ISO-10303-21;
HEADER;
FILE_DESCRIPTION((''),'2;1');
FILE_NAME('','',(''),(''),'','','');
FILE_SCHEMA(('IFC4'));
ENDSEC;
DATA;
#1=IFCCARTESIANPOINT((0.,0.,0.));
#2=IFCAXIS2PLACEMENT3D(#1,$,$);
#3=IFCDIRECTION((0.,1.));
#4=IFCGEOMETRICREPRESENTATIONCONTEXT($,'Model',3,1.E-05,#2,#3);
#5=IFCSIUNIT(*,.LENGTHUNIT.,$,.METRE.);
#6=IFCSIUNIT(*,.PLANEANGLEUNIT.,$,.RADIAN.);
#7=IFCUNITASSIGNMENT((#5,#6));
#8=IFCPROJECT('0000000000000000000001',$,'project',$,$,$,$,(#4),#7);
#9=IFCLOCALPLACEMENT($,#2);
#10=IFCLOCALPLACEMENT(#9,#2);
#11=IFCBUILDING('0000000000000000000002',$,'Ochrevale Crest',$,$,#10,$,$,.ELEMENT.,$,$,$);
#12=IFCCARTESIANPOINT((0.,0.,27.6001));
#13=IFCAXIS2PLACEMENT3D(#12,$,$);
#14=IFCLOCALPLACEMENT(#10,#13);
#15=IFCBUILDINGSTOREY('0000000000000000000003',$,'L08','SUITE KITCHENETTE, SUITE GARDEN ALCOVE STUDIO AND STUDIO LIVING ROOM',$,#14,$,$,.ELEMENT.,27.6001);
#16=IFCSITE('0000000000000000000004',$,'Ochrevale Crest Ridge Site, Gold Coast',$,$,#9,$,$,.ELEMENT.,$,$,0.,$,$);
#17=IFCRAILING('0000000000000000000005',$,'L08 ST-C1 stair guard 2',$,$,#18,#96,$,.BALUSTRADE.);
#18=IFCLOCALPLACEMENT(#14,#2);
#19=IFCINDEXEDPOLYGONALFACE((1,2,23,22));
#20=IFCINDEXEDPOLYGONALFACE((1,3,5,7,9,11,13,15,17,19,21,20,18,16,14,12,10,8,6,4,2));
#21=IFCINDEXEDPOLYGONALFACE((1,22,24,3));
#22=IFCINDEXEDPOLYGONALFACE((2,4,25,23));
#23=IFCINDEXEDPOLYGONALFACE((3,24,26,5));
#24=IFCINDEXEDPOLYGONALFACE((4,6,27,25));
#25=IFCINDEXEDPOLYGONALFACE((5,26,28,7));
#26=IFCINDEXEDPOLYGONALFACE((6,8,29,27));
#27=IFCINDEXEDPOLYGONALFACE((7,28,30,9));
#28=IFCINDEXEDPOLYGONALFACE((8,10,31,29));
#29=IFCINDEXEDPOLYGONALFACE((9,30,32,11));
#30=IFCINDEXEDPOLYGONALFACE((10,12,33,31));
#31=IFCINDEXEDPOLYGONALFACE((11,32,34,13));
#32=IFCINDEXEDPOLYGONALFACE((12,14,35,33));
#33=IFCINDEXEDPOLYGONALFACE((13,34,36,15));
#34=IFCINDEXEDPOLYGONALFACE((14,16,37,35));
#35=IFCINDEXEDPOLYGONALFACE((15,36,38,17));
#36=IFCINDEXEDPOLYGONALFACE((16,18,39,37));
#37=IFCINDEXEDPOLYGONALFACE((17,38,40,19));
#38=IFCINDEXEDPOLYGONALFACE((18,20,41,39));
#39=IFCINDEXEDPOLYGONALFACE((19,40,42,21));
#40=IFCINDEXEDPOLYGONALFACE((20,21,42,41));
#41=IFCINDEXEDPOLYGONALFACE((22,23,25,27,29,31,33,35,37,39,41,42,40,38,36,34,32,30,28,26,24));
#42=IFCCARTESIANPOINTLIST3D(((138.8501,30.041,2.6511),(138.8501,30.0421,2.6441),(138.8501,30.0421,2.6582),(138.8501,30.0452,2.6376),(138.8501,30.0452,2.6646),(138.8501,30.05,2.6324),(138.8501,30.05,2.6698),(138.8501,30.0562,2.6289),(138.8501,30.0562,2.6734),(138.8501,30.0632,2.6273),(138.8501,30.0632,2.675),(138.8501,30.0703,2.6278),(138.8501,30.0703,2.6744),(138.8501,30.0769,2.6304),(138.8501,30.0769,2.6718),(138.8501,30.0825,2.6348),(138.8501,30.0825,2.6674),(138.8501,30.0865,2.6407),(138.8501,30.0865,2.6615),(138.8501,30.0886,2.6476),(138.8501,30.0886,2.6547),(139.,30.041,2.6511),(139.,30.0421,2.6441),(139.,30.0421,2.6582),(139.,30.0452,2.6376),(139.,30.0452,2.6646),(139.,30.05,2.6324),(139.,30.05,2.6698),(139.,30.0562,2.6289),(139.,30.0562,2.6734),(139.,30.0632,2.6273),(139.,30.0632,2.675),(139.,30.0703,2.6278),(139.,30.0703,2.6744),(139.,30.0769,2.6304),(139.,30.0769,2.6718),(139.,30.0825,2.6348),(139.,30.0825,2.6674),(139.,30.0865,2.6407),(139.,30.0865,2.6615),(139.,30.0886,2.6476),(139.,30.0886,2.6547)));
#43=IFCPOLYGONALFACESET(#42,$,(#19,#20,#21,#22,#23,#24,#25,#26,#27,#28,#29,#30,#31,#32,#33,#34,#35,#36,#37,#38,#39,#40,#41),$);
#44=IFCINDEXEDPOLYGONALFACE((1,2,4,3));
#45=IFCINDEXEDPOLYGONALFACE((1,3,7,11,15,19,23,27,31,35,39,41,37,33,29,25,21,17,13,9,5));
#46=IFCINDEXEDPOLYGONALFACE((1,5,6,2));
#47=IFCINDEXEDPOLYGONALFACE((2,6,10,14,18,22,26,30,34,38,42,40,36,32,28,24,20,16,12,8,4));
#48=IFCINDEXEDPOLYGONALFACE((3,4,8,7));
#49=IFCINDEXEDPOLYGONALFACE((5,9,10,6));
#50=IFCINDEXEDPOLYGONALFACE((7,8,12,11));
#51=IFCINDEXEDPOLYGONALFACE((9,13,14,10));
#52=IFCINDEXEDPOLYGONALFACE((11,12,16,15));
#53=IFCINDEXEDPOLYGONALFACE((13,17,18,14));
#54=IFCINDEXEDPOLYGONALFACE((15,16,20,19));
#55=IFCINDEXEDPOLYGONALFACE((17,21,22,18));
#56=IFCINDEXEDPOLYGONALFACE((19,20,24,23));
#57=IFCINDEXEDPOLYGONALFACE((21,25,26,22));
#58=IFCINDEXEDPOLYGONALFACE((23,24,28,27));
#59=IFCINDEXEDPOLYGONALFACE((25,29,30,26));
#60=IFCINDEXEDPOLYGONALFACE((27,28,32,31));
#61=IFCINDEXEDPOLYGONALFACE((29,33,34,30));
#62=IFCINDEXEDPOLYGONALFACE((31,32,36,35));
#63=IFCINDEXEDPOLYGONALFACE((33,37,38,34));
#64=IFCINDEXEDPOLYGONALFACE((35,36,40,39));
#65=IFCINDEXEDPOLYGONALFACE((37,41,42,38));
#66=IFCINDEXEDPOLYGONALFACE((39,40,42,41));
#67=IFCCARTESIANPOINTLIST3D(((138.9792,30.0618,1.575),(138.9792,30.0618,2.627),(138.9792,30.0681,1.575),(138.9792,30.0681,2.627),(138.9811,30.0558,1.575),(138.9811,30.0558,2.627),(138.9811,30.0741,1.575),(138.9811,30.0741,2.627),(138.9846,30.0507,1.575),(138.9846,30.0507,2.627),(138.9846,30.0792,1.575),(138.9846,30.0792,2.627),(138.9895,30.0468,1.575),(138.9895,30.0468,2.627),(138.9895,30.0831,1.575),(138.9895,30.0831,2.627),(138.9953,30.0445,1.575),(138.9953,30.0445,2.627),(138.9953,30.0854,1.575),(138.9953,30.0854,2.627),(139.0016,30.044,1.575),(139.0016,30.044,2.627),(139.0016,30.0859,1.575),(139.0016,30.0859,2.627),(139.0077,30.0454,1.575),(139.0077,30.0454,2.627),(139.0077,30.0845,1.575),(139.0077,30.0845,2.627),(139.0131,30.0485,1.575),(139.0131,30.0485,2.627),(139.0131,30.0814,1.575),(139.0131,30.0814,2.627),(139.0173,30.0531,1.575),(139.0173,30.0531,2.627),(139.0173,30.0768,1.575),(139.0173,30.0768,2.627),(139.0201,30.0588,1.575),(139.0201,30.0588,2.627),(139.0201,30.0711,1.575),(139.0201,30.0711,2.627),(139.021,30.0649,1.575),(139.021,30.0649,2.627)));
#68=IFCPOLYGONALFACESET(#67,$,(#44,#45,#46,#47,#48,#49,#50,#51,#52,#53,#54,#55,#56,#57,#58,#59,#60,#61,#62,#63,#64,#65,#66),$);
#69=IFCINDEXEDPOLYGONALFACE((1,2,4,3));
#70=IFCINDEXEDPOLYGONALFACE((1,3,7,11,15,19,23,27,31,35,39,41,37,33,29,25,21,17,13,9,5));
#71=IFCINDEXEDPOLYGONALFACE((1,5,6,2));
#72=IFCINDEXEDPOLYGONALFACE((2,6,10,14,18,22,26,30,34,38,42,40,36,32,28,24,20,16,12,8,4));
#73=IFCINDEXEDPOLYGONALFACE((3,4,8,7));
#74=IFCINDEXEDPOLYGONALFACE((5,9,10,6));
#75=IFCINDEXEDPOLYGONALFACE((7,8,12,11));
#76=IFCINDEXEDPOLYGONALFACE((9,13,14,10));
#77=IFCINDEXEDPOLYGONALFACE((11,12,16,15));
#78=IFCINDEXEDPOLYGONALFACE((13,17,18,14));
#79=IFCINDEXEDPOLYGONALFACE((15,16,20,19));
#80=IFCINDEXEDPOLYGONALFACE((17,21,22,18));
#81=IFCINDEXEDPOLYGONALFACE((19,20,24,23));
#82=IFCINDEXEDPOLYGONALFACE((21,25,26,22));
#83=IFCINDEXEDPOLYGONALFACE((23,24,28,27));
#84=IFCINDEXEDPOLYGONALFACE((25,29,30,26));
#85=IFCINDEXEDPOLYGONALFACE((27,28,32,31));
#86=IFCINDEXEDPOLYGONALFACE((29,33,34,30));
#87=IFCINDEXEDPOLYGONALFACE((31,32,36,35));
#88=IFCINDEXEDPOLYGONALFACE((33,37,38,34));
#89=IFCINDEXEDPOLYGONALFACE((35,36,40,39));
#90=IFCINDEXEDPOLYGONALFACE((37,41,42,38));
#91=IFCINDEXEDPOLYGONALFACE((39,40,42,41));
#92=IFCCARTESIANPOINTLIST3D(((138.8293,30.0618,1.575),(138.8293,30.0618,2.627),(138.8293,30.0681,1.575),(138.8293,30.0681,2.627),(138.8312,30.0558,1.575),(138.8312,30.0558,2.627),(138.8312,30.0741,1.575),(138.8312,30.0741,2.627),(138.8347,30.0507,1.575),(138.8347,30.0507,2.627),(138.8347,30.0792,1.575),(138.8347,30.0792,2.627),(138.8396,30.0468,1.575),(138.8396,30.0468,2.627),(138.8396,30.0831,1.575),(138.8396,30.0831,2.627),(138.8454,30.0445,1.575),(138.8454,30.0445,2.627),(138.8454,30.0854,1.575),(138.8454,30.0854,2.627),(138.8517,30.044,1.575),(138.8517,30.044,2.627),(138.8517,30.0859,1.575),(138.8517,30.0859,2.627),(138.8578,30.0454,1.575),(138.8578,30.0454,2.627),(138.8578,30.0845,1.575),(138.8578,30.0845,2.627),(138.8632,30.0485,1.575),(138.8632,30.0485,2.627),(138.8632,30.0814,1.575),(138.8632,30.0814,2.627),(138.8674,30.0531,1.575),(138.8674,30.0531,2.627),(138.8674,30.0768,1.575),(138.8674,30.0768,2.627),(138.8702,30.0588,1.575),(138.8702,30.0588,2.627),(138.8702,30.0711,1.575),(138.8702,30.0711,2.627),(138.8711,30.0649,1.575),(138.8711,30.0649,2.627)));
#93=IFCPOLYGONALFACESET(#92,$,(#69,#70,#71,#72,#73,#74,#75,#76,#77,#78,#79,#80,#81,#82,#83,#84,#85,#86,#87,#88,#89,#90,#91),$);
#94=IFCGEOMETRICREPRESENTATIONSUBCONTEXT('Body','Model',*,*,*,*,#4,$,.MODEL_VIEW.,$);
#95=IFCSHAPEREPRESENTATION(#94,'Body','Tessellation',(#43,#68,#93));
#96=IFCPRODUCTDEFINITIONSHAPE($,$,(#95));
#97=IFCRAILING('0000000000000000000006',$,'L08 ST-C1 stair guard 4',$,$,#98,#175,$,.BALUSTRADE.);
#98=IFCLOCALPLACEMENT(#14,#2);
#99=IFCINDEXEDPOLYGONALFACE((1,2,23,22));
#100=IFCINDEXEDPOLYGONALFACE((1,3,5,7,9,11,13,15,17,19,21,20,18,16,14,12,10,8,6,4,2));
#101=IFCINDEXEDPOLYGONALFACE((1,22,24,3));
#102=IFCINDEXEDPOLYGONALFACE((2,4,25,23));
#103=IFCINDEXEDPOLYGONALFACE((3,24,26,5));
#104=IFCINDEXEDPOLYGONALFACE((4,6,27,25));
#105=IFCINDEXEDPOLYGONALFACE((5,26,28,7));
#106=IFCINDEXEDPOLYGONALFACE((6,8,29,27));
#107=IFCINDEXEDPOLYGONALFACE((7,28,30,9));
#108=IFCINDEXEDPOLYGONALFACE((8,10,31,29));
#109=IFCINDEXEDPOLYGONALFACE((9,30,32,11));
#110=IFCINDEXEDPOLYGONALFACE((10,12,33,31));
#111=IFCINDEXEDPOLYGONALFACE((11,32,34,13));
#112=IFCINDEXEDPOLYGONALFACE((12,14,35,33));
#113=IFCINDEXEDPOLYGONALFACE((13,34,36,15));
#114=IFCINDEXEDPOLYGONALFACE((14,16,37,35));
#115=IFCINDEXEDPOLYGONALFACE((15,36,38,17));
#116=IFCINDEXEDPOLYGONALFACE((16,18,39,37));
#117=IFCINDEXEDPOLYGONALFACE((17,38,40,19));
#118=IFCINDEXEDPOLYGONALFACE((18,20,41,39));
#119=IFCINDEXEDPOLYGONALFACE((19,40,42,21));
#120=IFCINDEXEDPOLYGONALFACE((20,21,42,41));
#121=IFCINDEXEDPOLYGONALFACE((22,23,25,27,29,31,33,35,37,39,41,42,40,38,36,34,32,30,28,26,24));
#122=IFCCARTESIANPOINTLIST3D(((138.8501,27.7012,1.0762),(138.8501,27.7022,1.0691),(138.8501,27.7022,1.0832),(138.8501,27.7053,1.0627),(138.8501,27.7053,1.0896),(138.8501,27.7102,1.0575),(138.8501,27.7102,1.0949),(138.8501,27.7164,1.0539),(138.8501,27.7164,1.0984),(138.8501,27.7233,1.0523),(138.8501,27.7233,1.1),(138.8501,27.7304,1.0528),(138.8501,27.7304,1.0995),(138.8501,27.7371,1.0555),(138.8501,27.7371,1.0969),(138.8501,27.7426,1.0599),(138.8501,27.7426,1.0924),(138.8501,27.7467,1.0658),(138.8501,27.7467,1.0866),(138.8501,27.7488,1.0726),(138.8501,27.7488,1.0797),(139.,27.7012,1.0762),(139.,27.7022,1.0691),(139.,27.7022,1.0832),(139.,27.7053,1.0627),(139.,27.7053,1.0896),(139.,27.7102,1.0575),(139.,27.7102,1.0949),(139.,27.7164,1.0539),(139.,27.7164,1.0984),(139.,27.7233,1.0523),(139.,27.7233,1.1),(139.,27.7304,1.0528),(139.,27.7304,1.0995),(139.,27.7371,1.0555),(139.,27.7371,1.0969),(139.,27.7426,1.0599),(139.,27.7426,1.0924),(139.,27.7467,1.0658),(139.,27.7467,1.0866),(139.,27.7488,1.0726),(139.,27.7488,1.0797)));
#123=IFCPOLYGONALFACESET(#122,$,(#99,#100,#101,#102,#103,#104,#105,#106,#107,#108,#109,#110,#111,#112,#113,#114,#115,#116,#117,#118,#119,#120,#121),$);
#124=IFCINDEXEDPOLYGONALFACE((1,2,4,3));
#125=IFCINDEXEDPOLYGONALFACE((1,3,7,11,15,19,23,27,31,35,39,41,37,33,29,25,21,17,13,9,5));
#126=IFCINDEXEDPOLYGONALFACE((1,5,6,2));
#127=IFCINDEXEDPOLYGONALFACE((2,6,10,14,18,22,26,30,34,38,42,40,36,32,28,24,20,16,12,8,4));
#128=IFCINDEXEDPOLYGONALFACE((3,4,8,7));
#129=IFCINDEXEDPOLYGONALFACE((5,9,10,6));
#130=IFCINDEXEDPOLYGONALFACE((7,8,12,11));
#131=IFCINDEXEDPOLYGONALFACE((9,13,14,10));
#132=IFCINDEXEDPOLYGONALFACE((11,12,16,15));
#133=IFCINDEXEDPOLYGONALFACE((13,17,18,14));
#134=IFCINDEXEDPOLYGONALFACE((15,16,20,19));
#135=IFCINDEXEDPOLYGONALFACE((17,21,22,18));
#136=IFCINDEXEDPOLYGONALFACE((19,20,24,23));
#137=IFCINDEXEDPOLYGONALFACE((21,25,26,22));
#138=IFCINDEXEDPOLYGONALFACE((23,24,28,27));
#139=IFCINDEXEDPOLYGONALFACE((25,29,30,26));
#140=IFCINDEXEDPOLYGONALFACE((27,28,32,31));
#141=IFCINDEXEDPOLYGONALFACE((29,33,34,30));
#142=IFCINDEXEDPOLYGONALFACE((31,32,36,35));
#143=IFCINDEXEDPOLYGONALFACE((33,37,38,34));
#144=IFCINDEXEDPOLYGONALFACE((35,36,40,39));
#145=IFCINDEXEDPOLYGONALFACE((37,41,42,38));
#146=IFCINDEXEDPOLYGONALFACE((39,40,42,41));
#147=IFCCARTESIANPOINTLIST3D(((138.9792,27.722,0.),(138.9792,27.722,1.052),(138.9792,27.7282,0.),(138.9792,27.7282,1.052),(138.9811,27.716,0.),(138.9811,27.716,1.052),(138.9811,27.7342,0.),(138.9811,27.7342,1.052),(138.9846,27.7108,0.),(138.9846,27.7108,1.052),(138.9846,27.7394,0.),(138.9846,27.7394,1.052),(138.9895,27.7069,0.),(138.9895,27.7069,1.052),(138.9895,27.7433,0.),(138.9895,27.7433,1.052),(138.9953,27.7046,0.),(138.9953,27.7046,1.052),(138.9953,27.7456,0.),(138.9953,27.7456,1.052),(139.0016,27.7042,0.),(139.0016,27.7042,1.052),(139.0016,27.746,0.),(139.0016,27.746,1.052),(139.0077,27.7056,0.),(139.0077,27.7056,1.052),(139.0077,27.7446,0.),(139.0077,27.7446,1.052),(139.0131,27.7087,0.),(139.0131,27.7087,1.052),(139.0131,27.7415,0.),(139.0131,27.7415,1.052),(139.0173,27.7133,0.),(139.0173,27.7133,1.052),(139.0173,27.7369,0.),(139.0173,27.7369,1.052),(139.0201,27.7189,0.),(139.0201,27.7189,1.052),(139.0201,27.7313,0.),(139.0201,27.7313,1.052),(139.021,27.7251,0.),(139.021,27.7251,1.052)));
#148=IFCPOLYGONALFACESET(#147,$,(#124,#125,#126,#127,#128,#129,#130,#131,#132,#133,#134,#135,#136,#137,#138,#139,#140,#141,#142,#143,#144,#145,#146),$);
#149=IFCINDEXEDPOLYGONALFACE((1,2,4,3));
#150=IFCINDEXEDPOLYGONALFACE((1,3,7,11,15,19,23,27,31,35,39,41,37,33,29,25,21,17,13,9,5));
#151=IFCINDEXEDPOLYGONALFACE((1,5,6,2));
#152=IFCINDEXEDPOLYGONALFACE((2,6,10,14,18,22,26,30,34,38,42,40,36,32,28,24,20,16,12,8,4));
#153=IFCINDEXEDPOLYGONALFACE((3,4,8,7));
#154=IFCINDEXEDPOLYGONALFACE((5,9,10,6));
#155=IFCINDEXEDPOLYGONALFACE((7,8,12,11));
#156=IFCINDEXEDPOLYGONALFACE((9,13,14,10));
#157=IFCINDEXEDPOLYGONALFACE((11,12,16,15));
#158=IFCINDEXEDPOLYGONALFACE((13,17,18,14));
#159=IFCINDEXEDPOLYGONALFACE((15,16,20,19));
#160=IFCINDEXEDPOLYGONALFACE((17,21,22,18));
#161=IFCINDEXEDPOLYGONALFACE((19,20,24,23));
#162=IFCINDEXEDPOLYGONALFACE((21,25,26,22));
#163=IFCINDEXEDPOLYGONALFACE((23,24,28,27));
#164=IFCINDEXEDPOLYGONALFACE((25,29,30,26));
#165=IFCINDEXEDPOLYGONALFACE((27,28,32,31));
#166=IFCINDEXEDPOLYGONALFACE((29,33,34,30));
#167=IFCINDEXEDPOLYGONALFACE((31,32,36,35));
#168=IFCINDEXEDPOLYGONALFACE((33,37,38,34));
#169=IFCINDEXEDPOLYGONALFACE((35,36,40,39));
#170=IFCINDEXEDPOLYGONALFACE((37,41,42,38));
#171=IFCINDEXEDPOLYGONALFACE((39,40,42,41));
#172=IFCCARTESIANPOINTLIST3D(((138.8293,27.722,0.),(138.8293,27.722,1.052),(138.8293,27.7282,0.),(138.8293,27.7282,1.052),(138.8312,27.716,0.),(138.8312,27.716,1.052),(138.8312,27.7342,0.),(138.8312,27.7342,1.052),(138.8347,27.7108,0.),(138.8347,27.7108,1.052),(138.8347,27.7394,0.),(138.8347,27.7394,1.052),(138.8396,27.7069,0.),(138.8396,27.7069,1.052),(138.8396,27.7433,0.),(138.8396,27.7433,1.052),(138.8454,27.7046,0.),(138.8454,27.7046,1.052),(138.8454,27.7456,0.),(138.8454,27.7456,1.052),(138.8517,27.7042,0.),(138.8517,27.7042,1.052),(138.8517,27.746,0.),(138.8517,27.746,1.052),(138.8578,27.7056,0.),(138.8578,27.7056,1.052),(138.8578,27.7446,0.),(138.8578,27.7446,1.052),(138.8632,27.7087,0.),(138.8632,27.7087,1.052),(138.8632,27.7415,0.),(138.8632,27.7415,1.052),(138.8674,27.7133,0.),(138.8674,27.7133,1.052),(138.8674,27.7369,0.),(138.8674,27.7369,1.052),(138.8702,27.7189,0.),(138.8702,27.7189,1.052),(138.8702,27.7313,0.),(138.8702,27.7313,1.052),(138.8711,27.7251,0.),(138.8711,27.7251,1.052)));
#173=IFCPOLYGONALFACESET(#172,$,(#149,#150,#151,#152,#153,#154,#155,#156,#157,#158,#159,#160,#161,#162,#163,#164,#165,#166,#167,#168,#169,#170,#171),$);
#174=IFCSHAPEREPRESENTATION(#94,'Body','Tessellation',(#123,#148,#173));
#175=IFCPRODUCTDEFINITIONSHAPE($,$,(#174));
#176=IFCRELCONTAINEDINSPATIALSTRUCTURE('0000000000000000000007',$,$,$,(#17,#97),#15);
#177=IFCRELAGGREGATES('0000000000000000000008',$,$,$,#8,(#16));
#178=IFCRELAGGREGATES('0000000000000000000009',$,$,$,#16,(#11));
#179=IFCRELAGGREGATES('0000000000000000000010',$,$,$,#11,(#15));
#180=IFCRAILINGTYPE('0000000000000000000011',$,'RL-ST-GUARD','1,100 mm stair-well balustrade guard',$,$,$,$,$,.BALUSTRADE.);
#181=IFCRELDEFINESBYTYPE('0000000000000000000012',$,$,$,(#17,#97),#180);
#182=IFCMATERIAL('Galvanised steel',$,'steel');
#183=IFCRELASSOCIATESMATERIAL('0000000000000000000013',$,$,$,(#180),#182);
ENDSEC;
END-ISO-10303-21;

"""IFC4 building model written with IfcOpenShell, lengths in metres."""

from ifc_helpers import new_model, si_unit, direction, frame, origin, origin_2d, place, context, subcontext, project, spatial, circle, extrude, material, type_object, element, save


model = new_model("IFC4")

# Units and contexts
model_context = context("Model", 3, precision=1e-05, world=origin(), true_north=direction((0.0, 1.0)))
body_context = subcontext(model_context, "Body", "Model", "MODEL_VIEW")
ifc_project = project(units=[si_unit("LENGTHUNIT", "METRE"), si_unit("PLANEANGLEUNIT", "RADIAN")], contexts=[model_context])

# Site, building, storey
site_placement = place(None, origin())
site = spatial("IfcSite", under=ifc_project, at=site_placement, Name="Ochrevale Crest Ridge Site, Gold Coast", CompositionType="ELEMENT", RefElevation=0.0)
building_placement = place(site_placement, origin())
building = spatial("IfcBuilding", under=site, at=building_placement, Name="Ochrevale Crest", CompositionType="ELEMENT")
storey_placement = place(building_placement, frame((0.0, 0.0, 27.6001)))
storey = spatial("IfcBuildingStorey", under=building, at=storey_placement, Name="L08", Description="SUITE KITCHENETTE, SUITE GARDEN ALCOVE STUDIO AND STUDIO LIVING ROOM", CompositionType="ELEMENT", Elevation=27.6001)

# Railings
ifc_material_1 = material(Name="Galvanised steel", Category="steel")
railing_type_1 = type_object("IfcRailingType", Name="RL-ST-GUARD", Description="1,100 mm stair-well balustrade guard", PredefinedType="BALUSTRADE", material=ifc_material_1)
for number, where, name in (
    (1, (139.0, 30.0649, 1.575), "L08 ST-C1 stair guard 2"),
    (2, (139.0, 27.7251, 0.0), "L08 ST-C1 stair guard 4"),
):
    element("IfcRailing", number, at=place(storey_placement, frame(where)), inside=storey, type_object=railing_type_1, Name=name, PredefinedType="BALUSTRADE", context=body_context, shape_type="SweptSolid", body=[
        extrude(circle(Radius=0.0239, at=origin_2d()), frame((0.0, 0.0, 1.0762), z_axis=(-1.0, 0.0, 0.0), x_axis=(0.0, -1.0, 0.0)), (0.0, 0.0, 1.0), 0.1499),
        extrude(circle(Radius=0.021, at=origin_2d()), origin(), (0.0, 0.0, 1.0), 1.052),
        extrude(circle(Radius=0.021, at=origin_2d()), frame((-0.1499, 0.0, 0.0)), (0.0, 0.0, 1.0), 1.052),
    ])

save(model, "model.ifc")
